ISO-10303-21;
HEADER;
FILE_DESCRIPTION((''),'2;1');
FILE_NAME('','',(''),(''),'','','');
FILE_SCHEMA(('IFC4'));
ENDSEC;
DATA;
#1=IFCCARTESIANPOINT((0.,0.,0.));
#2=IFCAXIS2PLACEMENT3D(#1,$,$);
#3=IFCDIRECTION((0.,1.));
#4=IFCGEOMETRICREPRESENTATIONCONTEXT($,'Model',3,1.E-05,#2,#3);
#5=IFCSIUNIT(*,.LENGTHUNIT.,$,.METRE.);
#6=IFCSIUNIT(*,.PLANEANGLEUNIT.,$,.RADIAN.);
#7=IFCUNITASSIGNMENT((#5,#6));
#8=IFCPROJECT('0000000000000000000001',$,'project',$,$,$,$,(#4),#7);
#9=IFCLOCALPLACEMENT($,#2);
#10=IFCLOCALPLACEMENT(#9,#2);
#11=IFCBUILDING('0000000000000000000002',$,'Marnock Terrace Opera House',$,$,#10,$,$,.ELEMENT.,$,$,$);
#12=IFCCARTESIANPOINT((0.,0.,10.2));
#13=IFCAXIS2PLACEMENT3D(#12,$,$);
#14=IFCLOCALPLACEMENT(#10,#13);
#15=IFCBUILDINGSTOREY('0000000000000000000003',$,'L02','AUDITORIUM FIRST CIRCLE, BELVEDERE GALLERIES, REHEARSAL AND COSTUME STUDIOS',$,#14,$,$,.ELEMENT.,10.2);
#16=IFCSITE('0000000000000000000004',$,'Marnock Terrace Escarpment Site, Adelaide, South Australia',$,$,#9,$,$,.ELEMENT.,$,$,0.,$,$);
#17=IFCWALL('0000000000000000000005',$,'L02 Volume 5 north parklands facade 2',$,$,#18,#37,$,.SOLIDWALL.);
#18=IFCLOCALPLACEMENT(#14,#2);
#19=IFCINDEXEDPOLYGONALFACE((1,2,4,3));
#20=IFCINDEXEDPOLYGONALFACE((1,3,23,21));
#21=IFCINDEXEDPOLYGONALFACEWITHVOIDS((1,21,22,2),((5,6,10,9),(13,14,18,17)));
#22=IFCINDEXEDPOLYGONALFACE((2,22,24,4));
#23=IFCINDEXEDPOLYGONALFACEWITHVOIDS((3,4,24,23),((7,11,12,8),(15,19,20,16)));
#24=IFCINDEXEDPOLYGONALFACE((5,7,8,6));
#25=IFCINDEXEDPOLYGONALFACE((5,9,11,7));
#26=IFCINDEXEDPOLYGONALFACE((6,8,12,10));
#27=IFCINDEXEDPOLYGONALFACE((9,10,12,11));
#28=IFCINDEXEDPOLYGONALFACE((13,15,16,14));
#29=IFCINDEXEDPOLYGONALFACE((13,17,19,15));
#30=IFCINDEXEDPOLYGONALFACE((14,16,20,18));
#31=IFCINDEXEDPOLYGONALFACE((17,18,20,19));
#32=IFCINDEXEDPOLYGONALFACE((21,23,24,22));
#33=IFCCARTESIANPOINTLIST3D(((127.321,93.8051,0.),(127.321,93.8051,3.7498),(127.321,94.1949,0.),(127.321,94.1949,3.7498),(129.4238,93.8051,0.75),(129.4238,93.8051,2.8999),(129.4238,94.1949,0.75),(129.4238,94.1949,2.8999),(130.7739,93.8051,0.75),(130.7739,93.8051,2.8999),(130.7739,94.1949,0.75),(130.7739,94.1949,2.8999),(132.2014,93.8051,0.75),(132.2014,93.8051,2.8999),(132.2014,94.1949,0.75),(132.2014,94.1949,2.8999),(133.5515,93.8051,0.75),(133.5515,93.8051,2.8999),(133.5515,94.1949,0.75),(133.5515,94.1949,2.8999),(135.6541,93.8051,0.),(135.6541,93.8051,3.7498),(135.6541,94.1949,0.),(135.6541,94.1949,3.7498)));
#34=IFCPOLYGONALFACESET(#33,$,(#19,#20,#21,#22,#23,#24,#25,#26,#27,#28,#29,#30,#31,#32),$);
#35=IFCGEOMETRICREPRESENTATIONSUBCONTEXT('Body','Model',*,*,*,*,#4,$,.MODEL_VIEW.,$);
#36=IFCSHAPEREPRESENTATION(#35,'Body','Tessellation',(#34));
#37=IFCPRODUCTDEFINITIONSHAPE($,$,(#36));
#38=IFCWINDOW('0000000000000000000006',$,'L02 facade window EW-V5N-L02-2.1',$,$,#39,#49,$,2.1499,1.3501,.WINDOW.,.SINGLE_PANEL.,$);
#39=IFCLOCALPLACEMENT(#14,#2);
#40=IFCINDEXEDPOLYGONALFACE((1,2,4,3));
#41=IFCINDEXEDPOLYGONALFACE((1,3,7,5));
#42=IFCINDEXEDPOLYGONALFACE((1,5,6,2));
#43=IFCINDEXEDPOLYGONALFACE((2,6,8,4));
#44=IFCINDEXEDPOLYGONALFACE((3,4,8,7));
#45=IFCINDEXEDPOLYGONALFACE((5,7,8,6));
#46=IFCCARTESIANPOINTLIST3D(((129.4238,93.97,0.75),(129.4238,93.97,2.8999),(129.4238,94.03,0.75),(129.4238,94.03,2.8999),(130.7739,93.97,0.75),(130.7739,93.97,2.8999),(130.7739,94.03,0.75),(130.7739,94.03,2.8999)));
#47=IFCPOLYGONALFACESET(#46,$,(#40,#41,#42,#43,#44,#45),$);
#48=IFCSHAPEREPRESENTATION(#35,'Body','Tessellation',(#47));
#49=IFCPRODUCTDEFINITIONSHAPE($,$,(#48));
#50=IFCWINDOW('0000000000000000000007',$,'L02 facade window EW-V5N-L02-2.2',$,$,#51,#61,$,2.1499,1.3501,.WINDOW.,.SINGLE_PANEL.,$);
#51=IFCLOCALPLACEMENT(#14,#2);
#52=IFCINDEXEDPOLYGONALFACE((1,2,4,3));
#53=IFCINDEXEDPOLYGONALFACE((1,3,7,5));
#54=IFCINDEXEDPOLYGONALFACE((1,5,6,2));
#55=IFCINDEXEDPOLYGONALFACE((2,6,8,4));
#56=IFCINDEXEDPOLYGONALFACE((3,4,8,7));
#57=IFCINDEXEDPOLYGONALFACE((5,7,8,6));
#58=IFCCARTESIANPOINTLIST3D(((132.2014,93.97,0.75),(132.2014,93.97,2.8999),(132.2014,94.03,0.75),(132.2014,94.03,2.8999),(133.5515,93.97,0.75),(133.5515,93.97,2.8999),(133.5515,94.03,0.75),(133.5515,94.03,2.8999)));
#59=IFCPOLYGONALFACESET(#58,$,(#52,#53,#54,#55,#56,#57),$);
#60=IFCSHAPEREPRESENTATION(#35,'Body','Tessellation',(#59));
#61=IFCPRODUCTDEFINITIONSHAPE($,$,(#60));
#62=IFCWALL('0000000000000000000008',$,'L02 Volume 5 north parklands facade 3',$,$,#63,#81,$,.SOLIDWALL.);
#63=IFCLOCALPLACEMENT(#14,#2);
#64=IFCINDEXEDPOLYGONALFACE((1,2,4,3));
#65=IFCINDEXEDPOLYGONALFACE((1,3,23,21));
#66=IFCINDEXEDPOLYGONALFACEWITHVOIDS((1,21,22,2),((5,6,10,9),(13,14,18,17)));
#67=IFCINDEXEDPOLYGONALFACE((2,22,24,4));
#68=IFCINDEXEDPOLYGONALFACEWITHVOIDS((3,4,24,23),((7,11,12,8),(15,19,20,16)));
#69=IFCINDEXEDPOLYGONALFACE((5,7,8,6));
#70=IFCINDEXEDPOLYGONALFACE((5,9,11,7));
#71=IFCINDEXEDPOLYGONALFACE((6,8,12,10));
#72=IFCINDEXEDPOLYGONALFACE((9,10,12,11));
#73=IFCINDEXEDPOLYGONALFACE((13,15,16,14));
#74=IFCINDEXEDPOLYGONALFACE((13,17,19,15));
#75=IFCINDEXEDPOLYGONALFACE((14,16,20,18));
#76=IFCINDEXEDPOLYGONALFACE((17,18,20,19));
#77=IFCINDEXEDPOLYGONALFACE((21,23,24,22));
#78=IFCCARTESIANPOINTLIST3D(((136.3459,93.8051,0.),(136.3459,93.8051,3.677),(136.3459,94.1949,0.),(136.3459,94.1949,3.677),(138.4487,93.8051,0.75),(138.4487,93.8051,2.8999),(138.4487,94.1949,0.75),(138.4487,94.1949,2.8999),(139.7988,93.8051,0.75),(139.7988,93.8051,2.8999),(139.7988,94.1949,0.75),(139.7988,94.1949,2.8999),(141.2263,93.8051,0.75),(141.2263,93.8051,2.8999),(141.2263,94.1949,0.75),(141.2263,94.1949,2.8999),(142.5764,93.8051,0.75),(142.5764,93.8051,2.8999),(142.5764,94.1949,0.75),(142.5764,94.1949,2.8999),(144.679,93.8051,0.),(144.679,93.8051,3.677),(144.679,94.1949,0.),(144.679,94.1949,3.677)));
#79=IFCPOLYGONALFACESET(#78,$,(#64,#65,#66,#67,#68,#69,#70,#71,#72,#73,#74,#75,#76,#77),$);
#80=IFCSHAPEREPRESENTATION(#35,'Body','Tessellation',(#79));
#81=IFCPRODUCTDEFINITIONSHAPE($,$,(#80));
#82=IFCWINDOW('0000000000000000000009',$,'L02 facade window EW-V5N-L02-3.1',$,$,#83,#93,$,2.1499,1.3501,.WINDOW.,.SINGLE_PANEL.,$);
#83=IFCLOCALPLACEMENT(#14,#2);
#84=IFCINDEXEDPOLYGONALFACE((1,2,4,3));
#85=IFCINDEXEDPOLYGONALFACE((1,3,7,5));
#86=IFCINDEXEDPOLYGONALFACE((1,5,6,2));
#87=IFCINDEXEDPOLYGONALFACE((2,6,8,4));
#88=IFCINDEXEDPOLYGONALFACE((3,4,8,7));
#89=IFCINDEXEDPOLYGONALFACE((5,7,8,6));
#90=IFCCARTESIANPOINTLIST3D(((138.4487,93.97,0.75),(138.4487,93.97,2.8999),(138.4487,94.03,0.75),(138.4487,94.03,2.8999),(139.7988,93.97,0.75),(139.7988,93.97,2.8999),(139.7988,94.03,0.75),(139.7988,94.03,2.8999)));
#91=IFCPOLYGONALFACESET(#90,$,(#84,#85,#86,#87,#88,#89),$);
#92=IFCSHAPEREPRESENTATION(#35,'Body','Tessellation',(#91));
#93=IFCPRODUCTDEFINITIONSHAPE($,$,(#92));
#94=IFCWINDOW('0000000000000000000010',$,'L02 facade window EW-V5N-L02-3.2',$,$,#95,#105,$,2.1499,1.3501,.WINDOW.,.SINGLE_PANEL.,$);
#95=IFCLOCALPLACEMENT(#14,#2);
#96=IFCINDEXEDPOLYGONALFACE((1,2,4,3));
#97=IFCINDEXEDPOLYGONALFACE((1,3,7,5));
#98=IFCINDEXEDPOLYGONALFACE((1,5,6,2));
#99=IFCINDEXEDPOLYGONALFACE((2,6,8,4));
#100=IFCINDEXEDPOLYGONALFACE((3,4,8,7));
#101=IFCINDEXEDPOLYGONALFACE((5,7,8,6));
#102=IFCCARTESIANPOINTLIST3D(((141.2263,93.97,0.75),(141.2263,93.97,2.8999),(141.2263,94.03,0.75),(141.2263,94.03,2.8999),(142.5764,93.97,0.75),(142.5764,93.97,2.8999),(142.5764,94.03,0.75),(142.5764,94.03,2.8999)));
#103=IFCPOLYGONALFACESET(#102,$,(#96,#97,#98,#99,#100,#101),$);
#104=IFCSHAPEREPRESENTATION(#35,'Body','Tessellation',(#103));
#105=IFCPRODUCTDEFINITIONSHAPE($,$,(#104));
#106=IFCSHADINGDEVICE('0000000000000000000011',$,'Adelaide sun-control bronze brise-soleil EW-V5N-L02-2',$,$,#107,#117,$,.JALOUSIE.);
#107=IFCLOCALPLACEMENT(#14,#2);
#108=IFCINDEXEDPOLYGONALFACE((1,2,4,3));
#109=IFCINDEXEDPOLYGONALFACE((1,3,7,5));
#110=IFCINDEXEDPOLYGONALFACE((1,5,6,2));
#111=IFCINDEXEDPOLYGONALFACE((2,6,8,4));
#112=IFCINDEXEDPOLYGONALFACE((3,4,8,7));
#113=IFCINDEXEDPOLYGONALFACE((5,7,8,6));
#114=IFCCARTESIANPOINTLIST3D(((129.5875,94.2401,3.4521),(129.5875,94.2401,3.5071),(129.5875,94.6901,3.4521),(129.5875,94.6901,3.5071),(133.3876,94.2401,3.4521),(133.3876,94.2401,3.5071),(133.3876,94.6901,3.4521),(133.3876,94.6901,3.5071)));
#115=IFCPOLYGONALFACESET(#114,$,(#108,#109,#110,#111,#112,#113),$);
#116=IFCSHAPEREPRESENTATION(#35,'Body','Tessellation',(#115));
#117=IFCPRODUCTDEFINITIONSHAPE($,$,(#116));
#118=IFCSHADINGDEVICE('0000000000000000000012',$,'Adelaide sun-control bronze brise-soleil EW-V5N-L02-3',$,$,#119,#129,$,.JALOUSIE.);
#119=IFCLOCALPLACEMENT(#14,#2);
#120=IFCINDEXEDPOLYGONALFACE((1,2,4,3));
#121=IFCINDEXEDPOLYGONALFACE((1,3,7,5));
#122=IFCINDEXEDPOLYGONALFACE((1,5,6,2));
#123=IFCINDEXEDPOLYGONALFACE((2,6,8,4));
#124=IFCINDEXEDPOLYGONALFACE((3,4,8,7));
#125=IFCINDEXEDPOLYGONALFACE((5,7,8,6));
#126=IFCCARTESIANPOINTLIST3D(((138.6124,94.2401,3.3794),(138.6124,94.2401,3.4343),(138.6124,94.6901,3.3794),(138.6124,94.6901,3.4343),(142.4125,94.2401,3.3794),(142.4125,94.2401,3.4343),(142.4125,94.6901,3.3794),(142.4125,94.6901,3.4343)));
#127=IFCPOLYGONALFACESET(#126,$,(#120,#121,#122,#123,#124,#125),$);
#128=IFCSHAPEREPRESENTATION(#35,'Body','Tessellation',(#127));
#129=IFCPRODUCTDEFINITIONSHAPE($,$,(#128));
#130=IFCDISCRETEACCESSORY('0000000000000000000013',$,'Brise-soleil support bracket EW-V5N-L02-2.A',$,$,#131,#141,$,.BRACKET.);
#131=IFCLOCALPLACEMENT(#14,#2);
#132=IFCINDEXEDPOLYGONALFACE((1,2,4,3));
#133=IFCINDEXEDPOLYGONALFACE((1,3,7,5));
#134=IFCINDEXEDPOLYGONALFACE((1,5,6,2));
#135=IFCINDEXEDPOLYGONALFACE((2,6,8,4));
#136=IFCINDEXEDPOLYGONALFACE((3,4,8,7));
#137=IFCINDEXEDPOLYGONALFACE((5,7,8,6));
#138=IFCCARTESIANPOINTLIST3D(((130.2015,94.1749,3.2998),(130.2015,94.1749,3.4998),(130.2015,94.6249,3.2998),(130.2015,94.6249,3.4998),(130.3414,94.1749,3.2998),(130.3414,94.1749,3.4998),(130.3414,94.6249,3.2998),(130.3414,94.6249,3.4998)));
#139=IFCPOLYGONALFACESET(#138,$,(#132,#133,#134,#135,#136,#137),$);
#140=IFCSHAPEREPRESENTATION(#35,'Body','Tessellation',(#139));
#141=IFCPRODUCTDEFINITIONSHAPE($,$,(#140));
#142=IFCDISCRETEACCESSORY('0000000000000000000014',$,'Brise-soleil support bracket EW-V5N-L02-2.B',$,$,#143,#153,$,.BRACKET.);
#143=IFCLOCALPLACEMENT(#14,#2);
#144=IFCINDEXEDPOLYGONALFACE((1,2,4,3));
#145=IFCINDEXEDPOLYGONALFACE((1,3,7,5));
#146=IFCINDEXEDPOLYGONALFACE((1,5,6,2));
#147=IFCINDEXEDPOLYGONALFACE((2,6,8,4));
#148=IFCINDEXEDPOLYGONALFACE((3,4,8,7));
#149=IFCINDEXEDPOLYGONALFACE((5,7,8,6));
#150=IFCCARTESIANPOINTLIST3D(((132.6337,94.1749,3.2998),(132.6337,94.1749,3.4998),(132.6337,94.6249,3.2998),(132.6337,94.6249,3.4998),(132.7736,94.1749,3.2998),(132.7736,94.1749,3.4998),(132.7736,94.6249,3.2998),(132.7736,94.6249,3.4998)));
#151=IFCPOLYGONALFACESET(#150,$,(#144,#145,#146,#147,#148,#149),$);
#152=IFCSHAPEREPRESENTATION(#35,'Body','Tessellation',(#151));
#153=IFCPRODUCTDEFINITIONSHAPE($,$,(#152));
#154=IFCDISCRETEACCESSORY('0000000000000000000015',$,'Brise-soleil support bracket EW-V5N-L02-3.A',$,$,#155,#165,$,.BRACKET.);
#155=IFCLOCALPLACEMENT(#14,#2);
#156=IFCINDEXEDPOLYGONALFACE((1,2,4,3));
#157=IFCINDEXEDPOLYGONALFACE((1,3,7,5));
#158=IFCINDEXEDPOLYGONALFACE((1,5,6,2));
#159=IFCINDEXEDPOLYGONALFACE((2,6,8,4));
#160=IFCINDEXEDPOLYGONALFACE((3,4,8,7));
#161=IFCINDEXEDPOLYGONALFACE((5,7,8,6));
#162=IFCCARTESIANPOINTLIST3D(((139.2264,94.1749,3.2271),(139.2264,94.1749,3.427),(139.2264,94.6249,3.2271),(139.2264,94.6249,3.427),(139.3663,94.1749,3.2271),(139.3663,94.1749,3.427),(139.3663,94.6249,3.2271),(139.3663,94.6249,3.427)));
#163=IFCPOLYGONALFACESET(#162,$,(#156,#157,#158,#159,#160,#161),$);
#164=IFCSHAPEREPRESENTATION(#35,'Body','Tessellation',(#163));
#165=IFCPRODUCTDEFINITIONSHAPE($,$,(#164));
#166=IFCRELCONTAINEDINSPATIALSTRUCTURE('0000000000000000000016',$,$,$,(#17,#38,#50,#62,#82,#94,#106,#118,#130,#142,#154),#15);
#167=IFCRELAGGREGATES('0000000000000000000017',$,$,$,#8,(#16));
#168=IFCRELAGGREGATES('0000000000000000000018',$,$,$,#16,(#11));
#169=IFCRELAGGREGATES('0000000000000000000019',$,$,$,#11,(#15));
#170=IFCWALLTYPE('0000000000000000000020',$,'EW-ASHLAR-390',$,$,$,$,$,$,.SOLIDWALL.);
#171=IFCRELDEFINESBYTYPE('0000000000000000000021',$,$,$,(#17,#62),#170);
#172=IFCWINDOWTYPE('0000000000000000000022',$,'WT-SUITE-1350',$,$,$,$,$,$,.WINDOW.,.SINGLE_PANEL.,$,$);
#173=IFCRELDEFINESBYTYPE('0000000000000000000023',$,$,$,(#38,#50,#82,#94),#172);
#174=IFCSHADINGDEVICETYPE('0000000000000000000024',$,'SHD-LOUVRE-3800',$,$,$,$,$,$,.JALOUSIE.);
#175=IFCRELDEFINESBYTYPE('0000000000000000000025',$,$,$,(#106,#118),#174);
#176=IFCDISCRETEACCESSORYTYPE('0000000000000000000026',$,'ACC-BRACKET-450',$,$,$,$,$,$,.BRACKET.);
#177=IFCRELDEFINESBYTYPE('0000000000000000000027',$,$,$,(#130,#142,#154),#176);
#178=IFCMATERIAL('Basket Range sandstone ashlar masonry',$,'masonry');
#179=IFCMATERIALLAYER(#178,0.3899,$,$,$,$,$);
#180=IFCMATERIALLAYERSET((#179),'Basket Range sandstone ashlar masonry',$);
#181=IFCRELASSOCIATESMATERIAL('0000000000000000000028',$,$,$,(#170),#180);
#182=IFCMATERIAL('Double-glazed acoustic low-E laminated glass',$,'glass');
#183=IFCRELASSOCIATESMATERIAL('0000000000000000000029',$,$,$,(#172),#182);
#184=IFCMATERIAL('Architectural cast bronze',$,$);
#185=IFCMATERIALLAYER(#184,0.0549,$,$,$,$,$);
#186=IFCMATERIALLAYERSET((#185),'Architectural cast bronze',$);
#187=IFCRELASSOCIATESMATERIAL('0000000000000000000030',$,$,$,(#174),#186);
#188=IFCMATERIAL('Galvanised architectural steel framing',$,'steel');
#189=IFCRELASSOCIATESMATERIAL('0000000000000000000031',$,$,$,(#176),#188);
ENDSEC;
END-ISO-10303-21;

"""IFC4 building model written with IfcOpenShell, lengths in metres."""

from ifc_helpers import new_model, si_unit, direction, frame, frame_2d, origin, origin_2d, place, context, subcontext, project, spatial, rectangle, extrude, material, layer, layer_set, type_object, element, fill, save


model = new_model("IFC4")

# Units and contexts
model_context = context("Model", 3, precision=1e-05, world=origin(), true_north=direction((0.0, 1.0)))
body_context = subcontext(model_context, "Body", "Model", "MODEL_VIEW")
ifc_project = project(units=[si_unit("LENGTHUNIT", "METRE"), si_unit("PLANEANGLEUNIT", "RADIAN")], contexts=[model_context])

# Site, building, storey
site_placement = place(None, origin())
site = spatial("IfcSite", under=ifc_project, at=site_placement, Name="Marnock Terrace Escarpment Site, Adelaide, South Australia", CompositionType="ELEMENT", RefElevation=0.0)
building_placement = place(site_placement, origin())
building = spatial("IfcBuilding", under=site, at=building_placement, Name="Marnock Terrace Opera House", CompositionType="ELEMENT")
storey_placement = place(building_placement, frame((0.0, 0.0, 10.2)))
storey = spatial("IfcBuildingStorey", under=building, at=storey_placement, Name="L02", Description="AUDITORIUM FIRST CIRCLE, BELVEDERE GALLERIES, REHEARSAL AND COSTUME STUDIOS", CompositionType="ELEMENT", Elevation=10.2)

# Walls, openings, windows
ifc_material_1 = material(Name="Basket Range sandstone ashlar masonry", Category="masonry")
ifc_layer_1 = layer(ifc_material_1, 0.3899)
ifc_layer_set_1 = layer_set([ifc_layer_1], Name="Basket Range sandstone ashlar masonry")
wall_type = type_object("IfcWallType", Name="EW-ASHLAR-390", PredefinedType="SOLIDWALL", material=ifc_layer_set_1)
wall_1_placement = place(storey_placement, frame((127.321, 94.0, 0.0), z_axis=(0.0, 0.0, 1.0), x_axis=(1.0, 0.0, 0.0)))
wall_1 = element("IfcWall", 1, at=wall_1_placement, inside=storey, type_object=wall_type, Name="L02 Volume 5 north parklands facade 2", PredefinedType="SOLIDWALL", context=body_context, shape_type="SweptSolid", body=[
    extrude(rectangle(XDim=8.333, YDim=0.3899, at=frame_2d((4.1665, 0.0))), origin(), (0.0, 0.0, 1.0), 3.7498),
])
opening_1_placement = place(wall_1_placement, frame((2.1028, 0.0, 0.75)))
opening_1 = element("IfcOpeningElement", 2, at=opening_1_placement, cuts=wall_1, PredefinedType="OPENING", context=body_context, shape_type="SweptSolid", body=[
    extrude(rectangle(XDim=1.3501, YDim=2.1499, at=frame_2d((0.675, 1.075))), frame((0.0, 0.2048, 0.0), z_axis=(0.0, -1.0, 0.0), x_axis=(1.0, 0.0, 0.0)), (0.0, 0.0, 1.0), 0.4099),
])
opening_2_placement = place(wall_1_placement, frame((4.8804, 0.0, 0.75)))
opening_2 = element("IfcOpeningElement", 3, at=opening_2_placement, cuts=wall_1, PredefinedType="OPENING", context=body_context, shape_type="SweptSolid", body=[
    extrude(rectangle(XDim=1.3501, YDim=2.1499, at=frame_2d((0.675, 1.075))), frame((0.0, 0.2048, 0.0), z_axis=(0.0, -1.0, 0.0), x_axis=(1.0, 0.0, 0.0)), (0.0, 0.0, 1.0), 0.4099),
])
ifc_material_2 = material(Name="Double-glazed acoustic low-E laminated glass", Category="glass")
window_type = type_object("IfcWindowType", Name="WT-SUITE-1350", PartitioningType="SINGLE_PANEL", PredefinedType="WINDOW", material=ifc_material_2)
window_1_placement = place(opening_1_placement, origin())
window_1 = element("IfcWindow", 4, at=window_1_placement, inside=storey, type_object=window_type, Name="L02 facade window EW-V5N-L02-2.1", OverallHeight=2.1499, OverallWidth=1.3501, PartitioningType="SINGLE_PANEL", PredefinedType="WINDOW", context=body_context, shape_type="SweptSolid", body=[
    extrude(rectangle(XDim=1.3501, YDim=2.1499, at=frame_2d((0.675, 1.075))), frame((0.0, 0.03, 0.0), z_axis=(0.0, -1.0, 0.0), x_axis=(1.0, 0.0, 0.0)), (0.0, 0.0, 1.0), 0.0601),
])
fill(opening_1, window_1)
window_2_placement = place(opening_2_placement, origin())
window_2 = element("IfcWindow", 5, at=window_2_placement, inside=storey, type_object=window_type, Name="L02 facade window EW-V5N-L02-2.2", OverallHeight=2.1499, OverallWidth=1.3501, PartitioningType="SINGLE_PANEL", PredefinedType="WINDOW", context=body_context, shape_type="SweptSolid", body=[
    extrude(rectangle(XDim=1.3501, YDim=2.1499, at=frame_2d((0.675, 1.075))), frame((0.0, 0.03, 0.0), z_axis=(0.0, -1.0, 0.0), x_axis=(1.0, 0.0, 0.0)), (0.0, 0.0, 1.0), 0.0601),
])
fill(opening_2, window_2)
wall_2_placement = place(storey_placement, frame((136.3459, 94.0, 0.0), z_axis=(0.0, 0.0, 1.0), x_axis=(1.0, 0.0, 0.0)))
wall_2 = element("IfcWall", 6, at=wall_2_placement, inside=storey, type_object=wall_type, Name="L02 Volume 5 north parklands facade 3", PredefinedType="SOLIDWALL", context=body_context, shape_type="SweptSolid", body=[
    extrude(rectangle(XDim=8.333, YDim=0.3899, at=frame_2d((4.1665, 0.0))), origin(), (0.0, 0.0, 1.0), 3.677),
])
opening_3_placement = place(wall_2_placement, frame((2.1028, 0.0, 0.75)))
opening_3 = element("IfcOpeningElement", 7, at=opening_3_placement, cuts=wall_2, PredefinedType="OPENING", context=body_context, shape_type="SweptSolid", body=[
    extrude(rectangle(XDim=1.3501, YDim=2.1499, at=frame_2d((0.675, 1.075))), frame((0.0, 0.2048, 0.0), z_axis=(0.0, -1.0, 0.0), x_axis=(1.0, 0.0, 0.0)), (0.0, 0.0, 1.0), 0.4099),
])
opening_4_placement = place(wall_2_placement, frame((4.8804, 0.0, 0.75)))
opening_4 = element("IfcOpeningElement", 8, at=opening_4_placement, cuts=wall_2, PredefinedType="OPENING", context=body_context, shape_type="SweptSolid", body=[
    extrude(rectangle(XDim=1.3501, YDim=2.1499, at=frame_2d((0.675, 1.075))), frame((0.0, 0.2048, 0.0), z_axis=(0.0, -1.0, 0.0), x_axis=(1.0, 0.0, 0.0)), (0.0, 0.0, 1.0), 0.4099),
])
window_3_placement = place(opening_3_placement, origin())
window_3 = element("IfcWindow", 9, at=window_3_placement, inside=storey, type_object=window_type, Name="L02 facade window EW-V5N-L02-3.1", OverallHeight=2.1499, OverallWidth=1.3501, PartitioningType="SINGLE_PANEL", PredefinedType="WINDOW", context=body_context, shape_type="SweptSolid", body=[
    extrude(rectangle(XDim=1.3501, YDim=2.1499, at=frame_2d((0.675, 1.075))), frame((0.0, 0.03, 0.0), z_axis=(0.0, -1.0, 0.0), x_axis=(1.0, 0.0, 0.0)), (0.0, 0.0, 1.0), 0.0601),
])
fill(opening_3, window_3)
window_4_placement = place(opening_4_placement, origin())
window_4 = element("IfcWindow", 10, at=window_4_placement, inside=storey, type_object=window_type, Name="L02 facade window EW-V5N-L02-3.2", OverallHeight=2.1499, OverallWidth=1.3501, PartitioningType="SINGLE_PANEL", PredefinedType="WINDOW", context=body_context, shape_type="SweptSolid", body=[
    extrude(rectangle(XDim=1.3501, YDim=2.1499, at=frame_2d((0.675, 1.075))), frame((0.0, 0.03, 0.0), z_axis=(0.0, -1.0, 0.0), x_axis=(1.0, 0.0, 0.0)), (0.0, 0.0, 1.0), 0.0601),
])
fill(opening_4, window_4)

# Shading devices
ifc_material_3 = material(Name="Architectural cast bronze")
ifc_layer_2 = layer(ifc_material_3, 0.0549)
ifc_layer_set_2 = layer_set([ifc_layer_2], Name="Architectural cast bronze")
shading_device_type = type_object("IfcShadingDeviceType", Name="SHD-LOUVRE-3800", PredefinedType="JALOUSIE", material=ifc_layer_set_2)
for number, where, z_axis, x_axis, name in (
    (11, (131.4875, 94.4651, 3.4521), (0.0, 0.0, 1.0), (1.0, 0.0, 0.0), "Adelaide sun-control bronze brise-soleil EW-V5N-L02-2"),
    (12, (140.5125, 94.4651, 3.3794), (0.0, 0.0, 1.0), (1.0, 0.0, 0.0), "Adelaide sun-control bronze brise-soleil EW-V5N-L02-3"),
):
    element("IfcShadingDevice", number, at=place(storey_placement, frame(where, z_axis=z_axis, x_axis=x_axis)), inside=storey, type_object=shading_device_type, Name=name, PredefinedType="JALOUSIE", context=body_context, shape_type="SweptSolid", body=[
        extrude(rectangle(XDim=3.8, YDim=0.45, at=origin_2d()), origin(), (0.0, 0.0, 1.0), 0.0549),
    ])

# Discrete accessories
ifc_material_4 = material(Name="Galvanised architectural steel framing", Category="steel")
discrete_accessory_type = type_object("IfcDiscreteAccessoryType", Name="ACC-BRACKET-450", PredefinedType="BRACKET", material=ifc_material_4)
for number, where, z_axis, x_axis, name in (
    (13, (130.2715, 94.3999, 3.2998), (0.0, 0.0, 1.0), (1.0, 0.0, 0.0), "Brise-soleil support bracket EW-V5N-L02-2.A"),
    (14, (132.7036, 94.3999, 3.2998), (0.0, 0.0, 1.0), (1.0, 0.0, 0.0), "Brise-soleil support bracket EW-V5N-L02-2.B"),
    (15, (139.2964, 94.3999, 3.2271), (0.0, 0.0, 1.0), (1.0, 0.0, 0.0), "Brise-soleil support bracket EW-V5N-L02-3.A"),
):
    element("IfcDiscreteAccessory", number, at=place(storey_placement, frame(where, z_axis=z_axis, x_axis=x_axis)), inside=storey, type_object=discrete_accessory_type, Name=name, PredefinedType="BRACKET", context=body_context, shape_type="SweptSolid", body=[
        extrude(rectangle(XDim=0.1399, YDim=0.45, at=origin_2d()), origin(), (0.0, 0.0, 1.0), 0.2),
    ])

save(model, "model.ifc")
